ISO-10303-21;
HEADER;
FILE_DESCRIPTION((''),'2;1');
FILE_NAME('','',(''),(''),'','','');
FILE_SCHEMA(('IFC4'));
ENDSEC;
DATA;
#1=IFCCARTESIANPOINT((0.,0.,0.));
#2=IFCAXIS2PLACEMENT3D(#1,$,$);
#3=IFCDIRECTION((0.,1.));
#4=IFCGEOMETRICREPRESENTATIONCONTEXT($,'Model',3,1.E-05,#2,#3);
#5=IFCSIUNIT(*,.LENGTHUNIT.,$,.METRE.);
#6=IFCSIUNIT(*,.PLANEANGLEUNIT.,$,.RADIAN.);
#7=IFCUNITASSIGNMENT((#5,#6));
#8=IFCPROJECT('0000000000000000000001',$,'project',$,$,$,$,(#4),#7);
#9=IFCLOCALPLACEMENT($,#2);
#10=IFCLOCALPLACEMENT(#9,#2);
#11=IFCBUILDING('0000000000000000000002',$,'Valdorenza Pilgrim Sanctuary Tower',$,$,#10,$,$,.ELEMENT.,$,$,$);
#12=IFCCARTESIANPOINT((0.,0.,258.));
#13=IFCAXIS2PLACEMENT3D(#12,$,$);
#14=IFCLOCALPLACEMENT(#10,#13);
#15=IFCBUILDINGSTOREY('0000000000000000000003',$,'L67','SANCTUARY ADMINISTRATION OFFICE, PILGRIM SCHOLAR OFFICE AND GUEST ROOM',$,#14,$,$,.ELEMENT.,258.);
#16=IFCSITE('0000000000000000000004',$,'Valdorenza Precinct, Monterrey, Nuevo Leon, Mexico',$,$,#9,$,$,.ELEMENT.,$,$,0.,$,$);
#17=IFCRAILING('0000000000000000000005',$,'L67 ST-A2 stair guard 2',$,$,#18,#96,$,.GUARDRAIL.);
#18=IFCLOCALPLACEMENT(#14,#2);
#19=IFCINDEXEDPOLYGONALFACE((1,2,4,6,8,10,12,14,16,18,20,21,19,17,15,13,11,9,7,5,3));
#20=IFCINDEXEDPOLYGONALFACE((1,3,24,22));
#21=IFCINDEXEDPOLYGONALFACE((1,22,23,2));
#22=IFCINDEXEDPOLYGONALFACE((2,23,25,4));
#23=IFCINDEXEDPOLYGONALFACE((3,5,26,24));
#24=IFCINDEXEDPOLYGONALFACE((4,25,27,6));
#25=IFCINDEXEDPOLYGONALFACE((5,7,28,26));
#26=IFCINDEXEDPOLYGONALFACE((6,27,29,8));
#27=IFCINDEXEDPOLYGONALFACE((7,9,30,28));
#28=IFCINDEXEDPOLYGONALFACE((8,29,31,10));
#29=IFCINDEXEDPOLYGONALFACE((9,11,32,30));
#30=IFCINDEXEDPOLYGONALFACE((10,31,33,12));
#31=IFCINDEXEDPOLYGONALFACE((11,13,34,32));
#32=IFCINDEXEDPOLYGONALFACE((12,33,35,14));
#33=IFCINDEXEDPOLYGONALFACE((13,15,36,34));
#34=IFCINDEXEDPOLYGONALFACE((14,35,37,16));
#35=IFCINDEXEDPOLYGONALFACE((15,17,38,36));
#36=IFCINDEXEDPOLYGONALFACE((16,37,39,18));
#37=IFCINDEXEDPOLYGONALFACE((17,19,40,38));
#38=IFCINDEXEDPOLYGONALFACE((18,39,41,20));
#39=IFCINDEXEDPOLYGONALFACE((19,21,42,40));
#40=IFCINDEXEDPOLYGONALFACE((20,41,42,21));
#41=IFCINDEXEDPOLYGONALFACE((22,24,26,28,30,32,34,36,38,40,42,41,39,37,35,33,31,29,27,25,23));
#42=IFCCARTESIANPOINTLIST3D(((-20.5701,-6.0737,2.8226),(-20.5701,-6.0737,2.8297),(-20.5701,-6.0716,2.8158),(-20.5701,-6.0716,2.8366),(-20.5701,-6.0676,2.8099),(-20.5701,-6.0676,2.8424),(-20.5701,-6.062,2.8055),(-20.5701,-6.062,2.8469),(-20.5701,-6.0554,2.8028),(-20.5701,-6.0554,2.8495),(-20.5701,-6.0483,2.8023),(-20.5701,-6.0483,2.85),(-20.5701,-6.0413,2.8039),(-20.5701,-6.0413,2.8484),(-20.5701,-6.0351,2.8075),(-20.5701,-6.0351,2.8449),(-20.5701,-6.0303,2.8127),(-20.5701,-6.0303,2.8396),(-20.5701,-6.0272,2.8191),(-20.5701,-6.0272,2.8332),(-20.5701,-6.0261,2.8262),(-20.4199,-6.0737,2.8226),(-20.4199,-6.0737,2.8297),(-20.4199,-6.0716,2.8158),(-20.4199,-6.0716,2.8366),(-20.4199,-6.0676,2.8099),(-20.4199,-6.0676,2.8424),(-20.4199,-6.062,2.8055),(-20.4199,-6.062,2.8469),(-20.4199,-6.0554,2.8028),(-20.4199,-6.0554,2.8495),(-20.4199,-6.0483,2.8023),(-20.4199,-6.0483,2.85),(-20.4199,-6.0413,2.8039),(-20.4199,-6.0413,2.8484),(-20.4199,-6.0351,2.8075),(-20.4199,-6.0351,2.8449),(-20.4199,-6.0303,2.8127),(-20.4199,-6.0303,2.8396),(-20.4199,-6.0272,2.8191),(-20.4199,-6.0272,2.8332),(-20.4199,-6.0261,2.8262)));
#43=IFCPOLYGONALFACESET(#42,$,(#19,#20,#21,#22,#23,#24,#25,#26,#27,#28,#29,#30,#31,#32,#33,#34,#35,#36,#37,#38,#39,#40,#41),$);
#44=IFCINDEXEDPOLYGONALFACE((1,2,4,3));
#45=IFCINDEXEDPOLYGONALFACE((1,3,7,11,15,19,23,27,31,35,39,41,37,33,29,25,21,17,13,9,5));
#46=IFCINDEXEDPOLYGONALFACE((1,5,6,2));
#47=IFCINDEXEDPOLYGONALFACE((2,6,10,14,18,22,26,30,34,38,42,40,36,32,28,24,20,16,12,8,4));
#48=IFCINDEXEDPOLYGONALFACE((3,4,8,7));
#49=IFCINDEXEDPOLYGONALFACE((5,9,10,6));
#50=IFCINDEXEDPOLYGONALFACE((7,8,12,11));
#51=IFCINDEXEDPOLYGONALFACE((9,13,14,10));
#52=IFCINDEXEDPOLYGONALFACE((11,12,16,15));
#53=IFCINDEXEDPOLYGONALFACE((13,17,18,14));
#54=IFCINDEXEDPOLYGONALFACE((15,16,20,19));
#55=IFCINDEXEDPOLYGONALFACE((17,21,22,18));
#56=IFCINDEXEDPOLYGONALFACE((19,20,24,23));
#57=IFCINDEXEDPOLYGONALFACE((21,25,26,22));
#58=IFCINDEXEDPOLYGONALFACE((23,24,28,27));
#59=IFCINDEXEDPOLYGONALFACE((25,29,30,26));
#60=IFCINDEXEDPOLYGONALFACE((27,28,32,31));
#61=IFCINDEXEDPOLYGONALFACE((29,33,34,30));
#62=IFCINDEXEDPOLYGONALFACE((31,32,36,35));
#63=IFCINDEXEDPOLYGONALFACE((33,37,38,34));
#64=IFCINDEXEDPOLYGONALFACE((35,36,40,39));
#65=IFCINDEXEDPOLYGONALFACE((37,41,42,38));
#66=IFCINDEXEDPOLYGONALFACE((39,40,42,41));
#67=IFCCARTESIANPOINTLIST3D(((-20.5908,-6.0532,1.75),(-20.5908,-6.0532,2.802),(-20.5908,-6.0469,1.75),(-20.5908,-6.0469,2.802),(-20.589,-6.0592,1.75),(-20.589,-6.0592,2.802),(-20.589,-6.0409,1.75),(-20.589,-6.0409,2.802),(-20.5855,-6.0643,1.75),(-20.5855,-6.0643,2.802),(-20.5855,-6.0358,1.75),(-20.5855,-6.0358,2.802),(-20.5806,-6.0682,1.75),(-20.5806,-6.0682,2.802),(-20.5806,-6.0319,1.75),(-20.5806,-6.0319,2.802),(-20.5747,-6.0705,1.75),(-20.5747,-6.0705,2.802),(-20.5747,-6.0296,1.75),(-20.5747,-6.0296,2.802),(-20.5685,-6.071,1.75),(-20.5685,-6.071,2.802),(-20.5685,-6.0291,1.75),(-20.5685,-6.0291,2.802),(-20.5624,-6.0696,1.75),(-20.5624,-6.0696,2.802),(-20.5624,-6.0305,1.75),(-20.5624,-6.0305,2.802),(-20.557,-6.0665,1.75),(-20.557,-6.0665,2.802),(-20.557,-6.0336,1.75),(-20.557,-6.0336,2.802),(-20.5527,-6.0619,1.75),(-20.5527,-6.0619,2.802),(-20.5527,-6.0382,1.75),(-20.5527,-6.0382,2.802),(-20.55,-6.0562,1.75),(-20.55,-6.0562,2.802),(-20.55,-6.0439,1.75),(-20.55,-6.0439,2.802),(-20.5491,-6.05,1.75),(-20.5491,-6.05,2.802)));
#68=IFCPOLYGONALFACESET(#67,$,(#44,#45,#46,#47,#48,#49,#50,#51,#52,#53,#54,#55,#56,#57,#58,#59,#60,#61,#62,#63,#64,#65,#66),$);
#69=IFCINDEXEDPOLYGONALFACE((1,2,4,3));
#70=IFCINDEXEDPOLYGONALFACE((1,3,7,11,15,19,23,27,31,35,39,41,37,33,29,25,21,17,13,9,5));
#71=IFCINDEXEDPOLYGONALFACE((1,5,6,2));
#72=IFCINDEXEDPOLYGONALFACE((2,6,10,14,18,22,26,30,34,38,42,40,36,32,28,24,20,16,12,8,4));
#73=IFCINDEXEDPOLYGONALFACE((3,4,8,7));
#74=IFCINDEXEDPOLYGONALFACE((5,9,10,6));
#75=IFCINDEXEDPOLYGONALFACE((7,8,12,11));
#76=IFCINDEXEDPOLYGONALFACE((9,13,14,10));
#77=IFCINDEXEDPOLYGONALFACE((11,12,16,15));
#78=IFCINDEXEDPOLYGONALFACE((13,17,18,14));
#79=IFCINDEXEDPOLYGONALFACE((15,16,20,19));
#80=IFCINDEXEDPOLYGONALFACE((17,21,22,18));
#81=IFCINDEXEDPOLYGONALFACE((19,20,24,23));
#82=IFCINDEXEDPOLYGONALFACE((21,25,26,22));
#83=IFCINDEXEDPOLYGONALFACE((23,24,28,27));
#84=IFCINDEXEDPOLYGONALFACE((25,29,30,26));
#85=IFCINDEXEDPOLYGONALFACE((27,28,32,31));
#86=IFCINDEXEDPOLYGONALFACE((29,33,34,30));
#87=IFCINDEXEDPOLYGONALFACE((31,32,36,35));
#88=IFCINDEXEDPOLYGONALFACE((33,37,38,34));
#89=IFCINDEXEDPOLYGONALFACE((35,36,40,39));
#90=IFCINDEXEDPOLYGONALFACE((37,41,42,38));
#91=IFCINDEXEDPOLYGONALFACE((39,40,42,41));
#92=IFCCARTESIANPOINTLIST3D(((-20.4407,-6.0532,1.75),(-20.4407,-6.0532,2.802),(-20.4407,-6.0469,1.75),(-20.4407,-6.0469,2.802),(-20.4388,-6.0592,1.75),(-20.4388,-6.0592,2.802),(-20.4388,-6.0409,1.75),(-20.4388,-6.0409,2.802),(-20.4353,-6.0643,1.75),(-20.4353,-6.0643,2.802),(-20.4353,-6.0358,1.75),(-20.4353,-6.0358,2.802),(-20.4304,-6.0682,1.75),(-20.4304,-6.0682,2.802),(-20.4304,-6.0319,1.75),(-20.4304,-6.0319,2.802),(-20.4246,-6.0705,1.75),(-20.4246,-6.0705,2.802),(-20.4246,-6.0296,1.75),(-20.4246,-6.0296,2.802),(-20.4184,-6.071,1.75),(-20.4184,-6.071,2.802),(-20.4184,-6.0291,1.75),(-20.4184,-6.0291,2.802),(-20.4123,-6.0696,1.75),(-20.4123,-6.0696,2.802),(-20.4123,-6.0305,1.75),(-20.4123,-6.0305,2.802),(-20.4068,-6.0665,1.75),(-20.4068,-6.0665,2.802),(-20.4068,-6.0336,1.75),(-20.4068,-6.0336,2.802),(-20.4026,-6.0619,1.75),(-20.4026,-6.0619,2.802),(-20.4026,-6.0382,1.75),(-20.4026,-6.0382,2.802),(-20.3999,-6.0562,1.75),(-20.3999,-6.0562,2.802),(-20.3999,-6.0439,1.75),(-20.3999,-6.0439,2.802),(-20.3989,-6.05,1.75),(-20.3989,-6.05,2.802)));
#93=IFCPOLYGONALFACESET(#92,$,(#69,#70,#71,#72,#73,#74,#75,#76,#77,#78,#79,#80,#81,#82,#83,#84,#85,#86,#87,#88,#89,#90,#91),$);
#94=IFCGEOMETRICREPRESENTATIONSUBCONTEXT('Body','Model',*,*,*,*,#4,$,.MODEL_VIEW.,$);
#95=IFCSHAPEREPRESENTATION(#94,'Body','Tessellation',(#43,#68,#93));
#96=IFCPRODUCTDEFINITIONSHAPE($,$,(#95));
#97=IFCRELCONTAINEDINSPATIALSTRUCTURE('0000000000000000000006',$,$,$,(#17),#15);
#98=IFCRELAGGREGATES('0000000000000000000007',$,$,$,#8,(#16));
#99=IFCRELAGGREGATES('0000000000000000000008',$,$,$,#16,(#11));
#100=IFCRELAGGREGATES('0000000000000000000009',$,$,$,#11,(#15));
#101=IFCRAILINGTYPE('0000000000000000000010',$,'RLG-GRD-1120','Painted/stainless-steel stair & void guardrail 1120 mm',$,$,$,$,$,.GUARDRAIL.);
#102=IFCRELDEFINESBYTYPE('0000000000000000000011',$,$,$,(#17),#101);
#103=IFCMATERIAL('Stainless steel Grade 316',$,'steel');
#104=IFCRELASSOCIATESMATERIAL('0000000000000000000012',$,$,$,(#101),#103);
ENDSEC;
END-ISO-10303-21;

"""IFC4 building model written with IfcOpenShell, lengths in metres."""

from ifc_helpers import new_model, si_unit, direction, frame, origin, origin_2d, place, context, subcontext, project, spatial, circle, extrude, material, type_object, element, save


model = new_model("IFC4")

# Units and contexts
model_context = context("Model", 3, precision=1e-05, world=origin(), true_north=direction((0.0, 1.0)))
body_context = subcontext(model_context, "Body", "Model", "MODEL_VIEW")
ifc_project = project(units=[si_unit("LENGTHUNIT", "METRE"), si_unit("PLANEANGLEUNIT", "RADIAN")], contexts=[model_context])

# Site, building, storey
site_placement = place(None, origin())
site = spatial("IfcSite", under=ifc_project, at=site_placement, Name="Valdorenza Precinct, Monterrey, Nuevo Leon, Mexico", CompositionType="ELEMENT", RefElevation=0.0)
building_placement = place(site_placement, origin())
building = spatial("IfcBuilding", under=site, at=building_placement, Name="Valdorenza Pilgrim Sanctuary Tower", CompositionType="ELEMENT")
storey_placement = place(building_placement, frame((0.0, 0.0, 258.0)))
storey = spatial("IfcBuildingStorey", under=building, at=storey_placement, Name="L67", Description="SANCTUARY ADMINISTRATION OFFICE, PILGRIM SCHOLAR OFFICE AND GUEST ROOM", CompositionType="ELEMENT", Elevation=258.0)

# Railing
ifc_material_1 = material(Name="Stainless steel Grade 316", Category="steel")
railing_type_1 = type_object("IfcRailingType", Name="RLG-GRD-1120", Description="Painted/stainless-steel stair & void guardrail 1120 mm", PredefinedType="GUARDRAIL", material=ifc_material_1)
railing_1_placement = place(storey_placement, frame((-20.5701, -6.05, 1.75)))
element("IfcRailing", 1, at=railing_1_placement, inside=storey, type_object=railing_type_1, Name="L67 ST-A2 stair guard 2", PredefinedType="GUARDRAIL", context=body_context, shape_type="SweptSolid", body=[
    extrude(circle(Radius=0.0239, at=origin_2d()), frame((0.0, 0.0, 1.0762), z_axis=(1.0, 0.0, 0.0), x_axis=(0.0, 1.0, 0.0)), (0.0, 0.0, 1.0), 0.1501),
    extrude(circle(Radius=0.021, at=origin_2d()), origin(), (0.0, 0.0, 1.0), 1.052),
    extrude(circle(Radius=0.021, at=origin_2d()), frame((0.1501, 0.0, 0.0)), (0.0, 0.0, 1.0), 1.052),
])

save(model, "model.ifc")
